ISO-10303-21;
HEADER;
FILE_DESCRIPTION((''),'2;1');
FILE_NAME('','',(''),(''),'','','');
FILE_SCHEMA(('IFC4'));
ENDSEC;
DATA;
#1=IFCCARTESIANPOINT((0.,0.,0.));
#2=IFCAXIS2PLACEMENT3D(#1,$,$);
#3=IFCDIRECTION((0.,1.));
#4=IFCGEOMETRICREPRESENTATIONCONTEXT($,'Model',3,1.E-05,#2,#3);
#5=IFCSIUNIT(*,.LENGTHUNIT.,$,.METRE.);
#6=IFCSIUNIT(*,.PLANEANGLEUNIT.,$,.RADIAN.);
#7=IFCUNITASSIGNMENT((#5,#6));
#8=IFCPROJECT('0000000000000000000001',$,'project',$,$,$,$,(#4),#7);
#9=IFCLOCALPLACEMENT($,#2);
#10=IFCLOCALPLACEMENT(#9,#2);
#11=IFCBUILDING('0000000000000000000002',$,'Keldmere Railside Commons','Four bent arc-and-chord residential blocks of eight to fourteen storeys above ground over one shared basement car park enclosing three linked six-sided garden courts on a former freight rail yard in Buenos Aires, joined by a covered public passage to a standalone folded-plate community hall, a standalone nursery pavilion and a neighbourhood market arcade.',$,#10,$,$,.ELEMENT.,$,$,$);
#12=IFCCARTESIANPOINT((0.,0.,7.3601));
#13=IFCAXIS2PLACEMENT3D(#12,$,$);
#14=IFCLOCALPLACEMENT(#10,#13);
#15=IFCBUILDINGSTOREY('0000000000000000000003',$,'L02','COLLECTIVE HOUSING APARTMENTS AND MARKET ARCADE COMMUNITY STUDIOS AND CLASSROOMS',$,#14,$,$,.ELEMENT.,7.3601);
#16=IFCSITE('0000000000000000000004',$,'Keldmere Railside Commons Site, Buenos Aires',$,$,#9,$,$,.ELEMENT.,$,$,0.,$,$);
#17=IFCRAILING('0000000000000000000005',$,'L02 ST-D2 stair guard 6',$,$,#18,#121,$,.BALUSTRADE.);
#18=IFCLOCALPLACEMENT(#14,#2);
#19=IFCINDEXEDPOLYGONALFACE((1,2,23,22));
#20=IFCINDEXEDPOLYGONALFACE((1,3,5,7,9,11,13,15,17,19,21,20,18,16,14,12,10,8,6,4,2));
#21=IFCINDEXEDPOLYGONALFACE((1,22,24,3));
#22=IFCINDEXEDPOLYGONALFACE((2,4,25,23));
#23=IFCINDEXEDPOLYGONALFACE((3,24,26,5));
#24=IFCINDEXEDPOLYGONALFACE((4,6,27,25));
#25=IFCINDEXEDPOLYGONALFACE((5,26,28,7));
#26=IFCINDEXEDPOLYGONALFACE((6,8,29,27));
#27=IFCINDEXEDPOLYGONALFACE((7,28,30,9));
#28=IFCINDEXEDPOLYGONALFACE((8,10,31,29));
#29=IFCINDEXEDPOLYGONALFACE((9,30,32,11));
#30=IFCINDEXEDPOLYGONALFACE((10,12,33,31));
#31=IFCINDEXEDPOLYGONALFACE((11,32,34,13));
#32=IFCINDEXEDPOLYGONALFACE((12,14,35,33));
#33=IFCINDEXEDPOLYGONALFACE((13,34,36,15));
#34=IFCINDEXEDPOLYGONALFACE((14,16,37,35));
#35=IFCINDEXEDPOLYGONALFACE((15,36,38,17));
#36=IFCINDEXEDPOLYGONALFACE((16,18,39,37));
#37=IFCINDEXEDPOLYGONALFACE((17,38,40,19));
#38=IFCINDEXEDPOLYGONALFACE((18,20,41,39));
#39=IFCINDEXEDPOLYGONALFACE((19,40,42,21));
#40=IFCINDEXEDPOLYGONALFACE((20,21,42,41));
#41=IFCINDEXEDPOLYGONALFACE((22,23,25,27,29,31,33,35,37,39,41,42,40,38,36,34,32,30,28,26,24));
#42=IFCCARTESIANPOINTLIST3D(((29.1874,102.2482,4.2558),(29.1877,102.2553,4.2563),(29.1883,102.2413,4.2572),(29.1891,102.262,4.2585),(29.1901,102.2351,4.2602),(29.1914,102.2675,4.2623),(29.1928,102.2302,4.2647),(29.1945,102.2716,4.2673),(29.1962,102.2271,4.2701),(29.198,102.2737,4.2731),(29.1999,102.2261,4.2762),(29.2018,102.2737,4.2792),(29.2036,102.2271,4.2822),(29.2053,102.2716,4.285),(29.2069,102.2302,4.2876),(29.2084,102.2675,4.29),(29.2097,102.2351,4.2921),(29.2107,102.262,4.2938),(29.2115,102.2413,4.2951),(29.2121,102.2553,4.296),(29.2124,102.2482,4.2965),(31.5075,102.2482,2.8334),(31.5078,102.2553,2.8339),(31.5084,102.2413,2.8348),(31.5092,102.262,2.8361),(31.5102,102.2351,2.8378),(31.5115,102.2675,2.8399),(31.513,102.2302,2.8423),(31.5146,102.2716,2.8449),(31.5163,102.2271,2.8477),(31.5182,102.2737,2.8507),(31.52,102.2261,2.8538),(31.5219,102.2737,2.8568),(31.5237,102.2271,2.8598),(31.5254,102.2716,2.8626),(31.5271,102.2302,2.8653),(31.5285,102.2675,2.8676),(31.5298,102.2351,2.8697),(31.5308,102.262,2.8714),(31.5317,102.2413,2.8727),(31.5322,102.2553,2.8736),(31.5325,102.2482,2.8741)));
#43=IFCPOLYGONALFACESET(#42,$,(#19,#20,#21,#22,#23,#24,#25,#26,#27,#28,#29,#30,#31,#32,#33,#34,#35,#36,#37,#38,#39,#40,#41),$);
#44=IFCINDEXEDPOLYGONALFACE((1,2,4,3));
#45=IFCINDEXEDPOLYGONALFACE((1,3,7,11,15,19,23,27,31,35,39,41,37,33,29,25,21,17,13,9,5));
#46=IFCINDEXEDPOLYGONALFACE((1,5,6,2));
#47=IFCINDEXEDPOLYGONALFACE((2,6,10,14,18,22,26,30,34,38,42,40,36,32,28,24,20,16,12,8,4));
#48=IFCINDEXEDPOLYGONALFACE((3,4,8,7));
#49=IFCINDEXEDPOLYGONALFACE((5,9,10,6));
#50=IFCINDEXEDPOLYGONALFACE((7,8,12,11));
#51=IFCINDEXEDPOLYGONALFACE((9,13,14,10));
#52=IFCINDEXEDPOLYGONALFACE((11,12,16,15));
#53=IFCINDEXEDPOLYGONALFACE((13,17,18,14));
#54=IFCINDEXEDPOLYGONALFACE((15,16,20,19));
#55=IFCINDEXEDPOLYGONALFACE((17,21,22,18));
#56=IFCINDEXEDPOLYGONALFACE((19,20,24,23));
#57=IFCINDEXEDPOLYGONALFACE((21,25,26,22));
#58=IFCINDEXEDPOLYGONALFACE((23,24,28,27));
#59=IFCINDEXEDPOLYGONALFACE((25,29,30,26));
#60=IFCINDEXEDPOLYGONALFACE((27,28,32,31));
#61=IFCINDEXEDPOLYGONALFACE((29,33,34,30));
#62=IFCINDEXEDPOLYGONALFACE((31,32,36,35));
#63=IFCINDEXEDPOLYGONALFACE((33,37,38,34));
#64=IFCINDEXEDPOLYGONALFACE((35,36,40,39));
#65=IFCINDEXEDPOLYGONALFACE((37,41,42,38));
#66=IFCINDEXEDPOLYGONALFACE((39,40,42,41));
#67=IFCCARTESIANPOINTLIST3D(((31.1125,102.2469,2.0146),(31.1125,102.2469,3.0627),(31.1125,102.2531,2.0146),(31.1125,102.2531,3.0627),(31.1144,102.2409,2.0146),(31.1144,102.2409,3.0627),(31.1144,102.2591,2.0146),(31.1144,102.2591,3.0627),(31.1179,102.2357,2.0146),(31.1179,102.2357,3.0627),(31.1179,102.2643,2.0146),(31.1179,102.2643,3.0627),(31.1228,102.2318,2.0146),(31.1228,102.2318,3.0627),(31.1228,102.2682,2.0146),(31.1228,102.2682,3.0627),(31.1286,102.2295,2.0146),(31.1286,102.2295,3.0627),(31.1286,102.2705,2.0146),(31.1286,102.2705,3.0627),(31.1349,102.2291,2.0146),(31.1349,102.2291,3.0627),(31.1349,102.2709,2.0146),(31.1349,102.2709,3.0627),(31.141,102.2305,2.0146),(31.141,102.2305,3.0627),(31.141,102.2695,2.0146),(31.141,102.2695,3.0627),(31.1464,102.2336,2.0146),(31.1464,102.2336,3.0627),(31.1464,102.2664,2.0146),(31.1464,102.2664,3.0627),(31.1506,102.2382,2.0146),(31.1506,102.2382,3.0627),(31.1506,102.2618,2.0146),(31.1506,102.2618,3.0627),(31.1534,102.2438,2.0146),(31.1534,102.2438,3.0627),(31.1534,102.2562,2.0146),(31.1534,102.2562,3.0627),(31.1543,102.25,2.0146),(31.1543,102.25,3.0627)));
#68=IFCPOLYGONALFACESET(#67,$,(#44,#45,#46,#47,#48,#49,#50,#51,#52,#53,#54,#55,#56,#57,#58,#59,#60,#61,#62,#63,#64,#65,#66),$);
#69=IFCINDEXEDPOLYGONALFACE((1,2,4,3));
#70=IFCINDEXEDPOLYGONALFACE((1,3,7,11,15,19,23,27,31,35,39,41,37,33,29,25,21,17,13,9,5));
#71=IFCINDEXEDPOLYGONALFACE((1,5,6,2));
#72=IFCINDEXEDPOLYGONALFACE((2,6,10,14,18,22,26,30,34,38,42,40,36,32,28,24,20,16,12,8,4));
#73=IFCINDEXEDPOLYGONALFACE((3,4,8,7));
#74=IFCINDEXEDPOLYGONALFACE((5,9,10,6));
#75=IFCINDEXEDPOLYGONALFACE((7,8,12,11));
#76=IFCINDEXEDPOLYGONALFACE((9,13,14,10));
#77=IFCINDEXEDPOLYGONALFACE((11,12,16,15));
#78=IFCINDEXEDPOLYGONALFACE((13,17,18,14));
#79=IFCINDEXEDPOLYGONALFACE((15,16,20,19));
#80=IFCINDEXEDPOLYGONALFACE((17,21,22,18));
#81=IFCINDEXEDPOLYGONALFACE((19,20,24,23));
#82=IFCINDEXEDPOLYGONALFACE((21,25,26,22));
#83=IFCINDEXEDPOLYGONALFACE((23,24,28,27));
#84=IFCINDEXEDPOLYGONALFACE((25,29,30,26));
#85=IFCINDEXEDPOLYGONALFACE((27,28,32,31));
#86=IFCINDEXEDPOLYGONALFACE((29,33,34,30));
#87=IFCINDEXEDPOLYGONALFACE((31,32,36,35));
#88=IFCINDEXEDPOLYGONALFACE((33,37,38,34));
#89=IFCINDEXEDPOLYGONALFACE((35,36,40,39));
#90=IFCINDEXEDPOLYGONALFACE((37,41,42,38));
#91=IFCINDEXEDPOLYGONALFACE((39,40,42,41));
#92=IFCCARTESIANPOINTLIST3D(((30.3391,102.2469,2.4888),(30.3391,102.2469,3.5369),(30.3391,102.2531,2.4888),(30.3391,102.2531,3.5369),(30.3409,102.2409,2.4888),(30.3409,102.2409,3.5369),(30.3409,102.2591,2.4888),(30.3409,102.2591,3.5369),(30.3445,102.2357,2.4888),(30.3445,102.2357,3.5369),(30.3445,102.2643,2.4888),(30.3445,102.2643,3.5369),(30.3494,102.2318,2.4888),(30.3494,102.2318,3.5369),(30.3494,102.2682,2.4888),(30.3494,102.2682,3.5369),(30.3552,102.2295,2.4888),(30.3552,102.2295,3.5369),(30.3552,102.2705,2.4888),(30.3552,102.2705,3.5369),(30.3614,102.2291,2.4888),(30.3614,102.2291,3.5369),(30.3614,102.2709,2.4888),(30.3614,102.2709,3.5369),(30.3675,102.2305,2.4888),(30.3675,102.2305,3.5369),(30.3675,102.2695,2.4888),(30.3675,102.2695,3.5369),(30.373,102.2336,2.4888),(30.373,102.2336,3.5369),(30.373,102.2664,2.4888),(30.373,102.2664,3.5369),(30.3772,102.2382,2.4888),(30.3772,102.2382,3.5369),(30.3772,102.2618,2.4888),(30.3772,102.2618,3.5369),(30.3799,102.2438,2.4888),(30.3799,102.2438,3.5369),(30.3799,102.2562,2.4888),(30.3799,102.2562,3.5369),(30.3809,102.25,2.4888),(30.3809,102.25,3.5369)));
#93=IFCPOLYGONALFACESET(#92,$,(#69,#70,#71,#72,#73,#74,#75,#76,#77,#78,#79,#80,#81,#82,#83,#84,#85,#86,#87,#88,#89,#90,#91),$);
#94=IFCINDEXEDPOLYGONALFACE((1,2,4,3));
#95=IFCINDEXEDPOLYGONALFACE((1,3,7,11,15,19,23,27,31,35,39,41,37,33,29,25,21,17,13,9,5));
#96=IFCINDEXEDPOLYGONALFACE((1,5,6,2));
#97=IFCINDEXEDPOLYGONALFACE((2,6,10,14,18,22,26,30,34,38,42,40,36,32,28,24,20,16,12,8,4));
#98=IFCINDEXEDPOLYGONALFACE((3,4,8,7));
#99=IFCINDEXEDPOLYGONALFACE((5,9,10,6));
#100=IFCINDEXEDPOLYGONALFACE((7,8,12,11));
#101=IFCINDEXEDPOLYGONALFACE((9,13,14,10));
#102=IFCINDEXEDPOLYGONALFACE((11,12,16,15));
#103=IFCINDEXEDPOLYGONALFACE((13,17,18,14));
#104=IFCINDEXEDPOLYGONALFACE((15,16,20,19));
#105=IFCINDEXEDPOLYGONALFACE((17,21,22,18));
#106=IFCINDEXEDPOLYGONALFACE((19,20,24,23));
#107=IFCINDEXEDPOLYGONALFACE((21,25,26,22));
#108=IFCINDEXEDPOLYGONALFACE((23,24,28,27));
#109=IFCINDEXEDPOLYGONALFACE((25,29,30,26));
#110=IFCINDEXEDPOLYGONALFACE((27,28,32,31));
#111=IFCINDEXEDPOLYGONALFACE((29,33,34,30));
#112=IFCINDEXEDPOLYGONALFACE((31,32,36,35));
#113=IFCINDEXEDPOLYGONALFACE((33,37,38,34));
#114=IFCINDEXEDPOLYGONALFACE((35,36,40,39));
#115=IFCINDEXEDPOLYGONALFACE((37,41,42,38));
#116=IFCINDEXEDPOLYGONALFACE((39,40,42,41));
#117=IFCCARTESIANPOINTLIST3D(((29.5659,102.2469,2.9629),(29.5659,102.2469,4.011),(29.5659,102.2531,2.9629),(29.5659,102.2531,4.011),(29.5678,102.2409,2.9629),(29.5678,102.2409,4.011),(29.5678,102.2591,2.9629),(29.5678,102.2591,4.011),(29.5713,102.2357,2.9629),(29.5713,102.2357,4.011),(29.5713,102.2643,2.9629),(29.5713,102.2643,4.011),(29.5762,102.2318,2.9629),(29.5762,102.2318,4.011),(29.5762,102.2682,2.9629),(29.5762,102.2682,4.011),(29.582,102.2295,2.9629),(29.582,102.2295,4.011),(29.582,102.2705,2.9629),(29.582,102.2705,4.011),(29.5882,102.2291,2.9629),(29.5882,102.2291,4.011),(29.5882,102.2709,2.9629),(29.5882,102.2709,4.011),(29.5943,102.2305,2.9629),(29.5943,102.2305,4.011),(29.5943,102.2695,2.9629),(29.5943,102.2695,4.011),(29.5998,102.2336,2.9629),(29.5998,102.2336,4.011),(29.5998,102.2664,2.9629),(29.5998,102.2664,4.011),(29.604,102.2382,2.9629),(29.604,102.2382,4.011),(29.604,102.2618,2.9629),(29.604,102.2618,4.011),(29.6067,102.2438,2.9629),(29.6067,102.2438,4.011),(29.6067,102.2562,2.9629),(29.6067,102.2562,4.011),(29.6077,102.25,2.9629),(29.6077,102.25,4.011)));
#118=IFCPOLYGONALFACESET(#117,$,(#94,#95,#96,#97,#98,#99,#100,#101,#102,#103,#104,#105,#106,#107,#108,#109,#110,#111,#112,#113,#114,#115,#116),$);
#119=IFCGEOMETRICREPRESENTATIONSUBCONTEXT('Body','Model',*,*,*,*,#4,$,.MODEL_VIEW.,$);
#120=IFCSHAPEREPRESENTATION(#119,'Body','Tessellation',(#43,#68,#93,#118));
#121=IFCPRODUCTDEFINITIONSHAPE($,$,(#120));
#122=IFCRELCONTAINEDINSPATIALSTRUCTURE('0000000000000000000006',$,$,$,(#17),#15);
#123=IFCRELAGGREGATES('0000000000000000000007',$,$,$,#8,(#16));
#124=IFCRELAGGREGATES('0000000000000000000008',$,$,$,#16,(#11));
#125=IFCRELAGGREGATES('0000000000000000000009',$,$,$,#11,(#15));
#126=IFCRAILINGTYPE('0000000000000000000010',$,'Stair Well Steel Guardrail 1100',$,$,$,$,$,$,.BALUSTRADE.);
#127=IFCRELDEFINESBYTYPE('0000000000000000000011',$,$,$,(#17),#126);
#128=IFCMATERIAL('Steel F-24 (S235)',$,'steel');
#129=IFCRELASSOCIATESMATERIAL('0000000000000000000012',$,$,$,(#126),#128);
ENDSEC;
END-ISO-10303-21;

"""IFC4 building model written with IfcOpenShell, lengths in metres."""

from ifc_helpers import new_model, si_unit, direction, frame, origin, origin_2d, place, context, subcontext, project, spatial, circle, extrude, material, type_object, element, save


model = new_model("IFC4")

# Units and contexts
model_context = context("Model", 3, precision=1e-05, world=origin(), true_north=direction((0.0, 1.0)))
body_context = subcontext(model_context, "Body", "Model", "MODEL_VIEW")
ifc_project = project(units=[si_unit("LENGTHUNIT", "METRE"), si_unit("PLANEANGLEUNIT", "RADIAN")], contexts=[model_context])

# Site, building, storey
site_placement = place(None, origin())
site = spatial("IfcSite", under=ifc_project, at=site_placement, Name="Keldmere Railside Commons Site, Buenos Aires", CompositionType="ELEMENT", RefElevation=0.0)
building_placement = place(site_placement, origin())
building = spatial("IfcBuilding", under=site, at=building_placement, Name="Keldmere Railside Commons", Description="Four bent arc-and-chord residential blocks of eight to fourteen storeys above ground over one shared basement car park enclosing three linked six-sided garden courts on a former freight rail yard in Buenos Aires, joined by a covered public passage to a standalone folded-plate community hall, a standalone nursery pavilion and a neighbourhood market arcade.", CompositionType="ELEMENT")
storey_placement = place(building_placement, frame((0.0, 0.0, 7.3601)))
storey = spatial("IfcBuildingStorey", under=building, at=storey_placement, Name="L02", Description="COLLECTIVE HOUSING APARTMENTS AND MARKET ARCADE COMMUNITY STUDIOS AND CLASSROOMS", CompositionType="ELEMENT", Elevation=7.3601)

# Shared definitions
ifc_material_1 = material(Name="Steel F-24 (S235)", Category="steel")

# Railing
railing_type_1 = type_object("IfcRailingType", Name="Stair Well Steel Guardrail 1100", PredefinedType="BALUSTRADE", material=ifc_material_1)
railing_1_placement = place(storey_placement, frame((31.52, 102.25, 1.7776)))
element("IfcRailing", 1, at=railing_1_placement, inside=storey, type_object=railing_type_1, Name="L02 ST-D2 stair guard 6", PredefinedType="BALUSTRADE", context=body_context, shape_type="SweptSolid", body=[
    extrude(circle(Radius=0.0239, at=origin_2d()), frame((0.0, 0.0, 1.0762), z_axis=(-0.852538, 0.0, 0.522665), x_axis=(0.0, -1.0, 0.0)), (0.0, 0.0, 1.0), 2.7214),
    extrude(circle(Radius=0.021, at=origin_2d()), frame((-0.3867, 0.0, 0.2371)), (0.0, 0.0, 1.0), 1.0481),
    extrude(circle(Radius=0.021, at=origin_2d()), frame((-1.1602, 0.0, 0.7112)), (0.0, 0.0, 1.0), 1.0481),
    extrude(circle(Radius=0.021, at=origin_2d()), frame((-1.9333, 0.0, 1.1853)), (0.0, 0.0, 1.0), 1.0481),
])

save(model, "model.ifc")
